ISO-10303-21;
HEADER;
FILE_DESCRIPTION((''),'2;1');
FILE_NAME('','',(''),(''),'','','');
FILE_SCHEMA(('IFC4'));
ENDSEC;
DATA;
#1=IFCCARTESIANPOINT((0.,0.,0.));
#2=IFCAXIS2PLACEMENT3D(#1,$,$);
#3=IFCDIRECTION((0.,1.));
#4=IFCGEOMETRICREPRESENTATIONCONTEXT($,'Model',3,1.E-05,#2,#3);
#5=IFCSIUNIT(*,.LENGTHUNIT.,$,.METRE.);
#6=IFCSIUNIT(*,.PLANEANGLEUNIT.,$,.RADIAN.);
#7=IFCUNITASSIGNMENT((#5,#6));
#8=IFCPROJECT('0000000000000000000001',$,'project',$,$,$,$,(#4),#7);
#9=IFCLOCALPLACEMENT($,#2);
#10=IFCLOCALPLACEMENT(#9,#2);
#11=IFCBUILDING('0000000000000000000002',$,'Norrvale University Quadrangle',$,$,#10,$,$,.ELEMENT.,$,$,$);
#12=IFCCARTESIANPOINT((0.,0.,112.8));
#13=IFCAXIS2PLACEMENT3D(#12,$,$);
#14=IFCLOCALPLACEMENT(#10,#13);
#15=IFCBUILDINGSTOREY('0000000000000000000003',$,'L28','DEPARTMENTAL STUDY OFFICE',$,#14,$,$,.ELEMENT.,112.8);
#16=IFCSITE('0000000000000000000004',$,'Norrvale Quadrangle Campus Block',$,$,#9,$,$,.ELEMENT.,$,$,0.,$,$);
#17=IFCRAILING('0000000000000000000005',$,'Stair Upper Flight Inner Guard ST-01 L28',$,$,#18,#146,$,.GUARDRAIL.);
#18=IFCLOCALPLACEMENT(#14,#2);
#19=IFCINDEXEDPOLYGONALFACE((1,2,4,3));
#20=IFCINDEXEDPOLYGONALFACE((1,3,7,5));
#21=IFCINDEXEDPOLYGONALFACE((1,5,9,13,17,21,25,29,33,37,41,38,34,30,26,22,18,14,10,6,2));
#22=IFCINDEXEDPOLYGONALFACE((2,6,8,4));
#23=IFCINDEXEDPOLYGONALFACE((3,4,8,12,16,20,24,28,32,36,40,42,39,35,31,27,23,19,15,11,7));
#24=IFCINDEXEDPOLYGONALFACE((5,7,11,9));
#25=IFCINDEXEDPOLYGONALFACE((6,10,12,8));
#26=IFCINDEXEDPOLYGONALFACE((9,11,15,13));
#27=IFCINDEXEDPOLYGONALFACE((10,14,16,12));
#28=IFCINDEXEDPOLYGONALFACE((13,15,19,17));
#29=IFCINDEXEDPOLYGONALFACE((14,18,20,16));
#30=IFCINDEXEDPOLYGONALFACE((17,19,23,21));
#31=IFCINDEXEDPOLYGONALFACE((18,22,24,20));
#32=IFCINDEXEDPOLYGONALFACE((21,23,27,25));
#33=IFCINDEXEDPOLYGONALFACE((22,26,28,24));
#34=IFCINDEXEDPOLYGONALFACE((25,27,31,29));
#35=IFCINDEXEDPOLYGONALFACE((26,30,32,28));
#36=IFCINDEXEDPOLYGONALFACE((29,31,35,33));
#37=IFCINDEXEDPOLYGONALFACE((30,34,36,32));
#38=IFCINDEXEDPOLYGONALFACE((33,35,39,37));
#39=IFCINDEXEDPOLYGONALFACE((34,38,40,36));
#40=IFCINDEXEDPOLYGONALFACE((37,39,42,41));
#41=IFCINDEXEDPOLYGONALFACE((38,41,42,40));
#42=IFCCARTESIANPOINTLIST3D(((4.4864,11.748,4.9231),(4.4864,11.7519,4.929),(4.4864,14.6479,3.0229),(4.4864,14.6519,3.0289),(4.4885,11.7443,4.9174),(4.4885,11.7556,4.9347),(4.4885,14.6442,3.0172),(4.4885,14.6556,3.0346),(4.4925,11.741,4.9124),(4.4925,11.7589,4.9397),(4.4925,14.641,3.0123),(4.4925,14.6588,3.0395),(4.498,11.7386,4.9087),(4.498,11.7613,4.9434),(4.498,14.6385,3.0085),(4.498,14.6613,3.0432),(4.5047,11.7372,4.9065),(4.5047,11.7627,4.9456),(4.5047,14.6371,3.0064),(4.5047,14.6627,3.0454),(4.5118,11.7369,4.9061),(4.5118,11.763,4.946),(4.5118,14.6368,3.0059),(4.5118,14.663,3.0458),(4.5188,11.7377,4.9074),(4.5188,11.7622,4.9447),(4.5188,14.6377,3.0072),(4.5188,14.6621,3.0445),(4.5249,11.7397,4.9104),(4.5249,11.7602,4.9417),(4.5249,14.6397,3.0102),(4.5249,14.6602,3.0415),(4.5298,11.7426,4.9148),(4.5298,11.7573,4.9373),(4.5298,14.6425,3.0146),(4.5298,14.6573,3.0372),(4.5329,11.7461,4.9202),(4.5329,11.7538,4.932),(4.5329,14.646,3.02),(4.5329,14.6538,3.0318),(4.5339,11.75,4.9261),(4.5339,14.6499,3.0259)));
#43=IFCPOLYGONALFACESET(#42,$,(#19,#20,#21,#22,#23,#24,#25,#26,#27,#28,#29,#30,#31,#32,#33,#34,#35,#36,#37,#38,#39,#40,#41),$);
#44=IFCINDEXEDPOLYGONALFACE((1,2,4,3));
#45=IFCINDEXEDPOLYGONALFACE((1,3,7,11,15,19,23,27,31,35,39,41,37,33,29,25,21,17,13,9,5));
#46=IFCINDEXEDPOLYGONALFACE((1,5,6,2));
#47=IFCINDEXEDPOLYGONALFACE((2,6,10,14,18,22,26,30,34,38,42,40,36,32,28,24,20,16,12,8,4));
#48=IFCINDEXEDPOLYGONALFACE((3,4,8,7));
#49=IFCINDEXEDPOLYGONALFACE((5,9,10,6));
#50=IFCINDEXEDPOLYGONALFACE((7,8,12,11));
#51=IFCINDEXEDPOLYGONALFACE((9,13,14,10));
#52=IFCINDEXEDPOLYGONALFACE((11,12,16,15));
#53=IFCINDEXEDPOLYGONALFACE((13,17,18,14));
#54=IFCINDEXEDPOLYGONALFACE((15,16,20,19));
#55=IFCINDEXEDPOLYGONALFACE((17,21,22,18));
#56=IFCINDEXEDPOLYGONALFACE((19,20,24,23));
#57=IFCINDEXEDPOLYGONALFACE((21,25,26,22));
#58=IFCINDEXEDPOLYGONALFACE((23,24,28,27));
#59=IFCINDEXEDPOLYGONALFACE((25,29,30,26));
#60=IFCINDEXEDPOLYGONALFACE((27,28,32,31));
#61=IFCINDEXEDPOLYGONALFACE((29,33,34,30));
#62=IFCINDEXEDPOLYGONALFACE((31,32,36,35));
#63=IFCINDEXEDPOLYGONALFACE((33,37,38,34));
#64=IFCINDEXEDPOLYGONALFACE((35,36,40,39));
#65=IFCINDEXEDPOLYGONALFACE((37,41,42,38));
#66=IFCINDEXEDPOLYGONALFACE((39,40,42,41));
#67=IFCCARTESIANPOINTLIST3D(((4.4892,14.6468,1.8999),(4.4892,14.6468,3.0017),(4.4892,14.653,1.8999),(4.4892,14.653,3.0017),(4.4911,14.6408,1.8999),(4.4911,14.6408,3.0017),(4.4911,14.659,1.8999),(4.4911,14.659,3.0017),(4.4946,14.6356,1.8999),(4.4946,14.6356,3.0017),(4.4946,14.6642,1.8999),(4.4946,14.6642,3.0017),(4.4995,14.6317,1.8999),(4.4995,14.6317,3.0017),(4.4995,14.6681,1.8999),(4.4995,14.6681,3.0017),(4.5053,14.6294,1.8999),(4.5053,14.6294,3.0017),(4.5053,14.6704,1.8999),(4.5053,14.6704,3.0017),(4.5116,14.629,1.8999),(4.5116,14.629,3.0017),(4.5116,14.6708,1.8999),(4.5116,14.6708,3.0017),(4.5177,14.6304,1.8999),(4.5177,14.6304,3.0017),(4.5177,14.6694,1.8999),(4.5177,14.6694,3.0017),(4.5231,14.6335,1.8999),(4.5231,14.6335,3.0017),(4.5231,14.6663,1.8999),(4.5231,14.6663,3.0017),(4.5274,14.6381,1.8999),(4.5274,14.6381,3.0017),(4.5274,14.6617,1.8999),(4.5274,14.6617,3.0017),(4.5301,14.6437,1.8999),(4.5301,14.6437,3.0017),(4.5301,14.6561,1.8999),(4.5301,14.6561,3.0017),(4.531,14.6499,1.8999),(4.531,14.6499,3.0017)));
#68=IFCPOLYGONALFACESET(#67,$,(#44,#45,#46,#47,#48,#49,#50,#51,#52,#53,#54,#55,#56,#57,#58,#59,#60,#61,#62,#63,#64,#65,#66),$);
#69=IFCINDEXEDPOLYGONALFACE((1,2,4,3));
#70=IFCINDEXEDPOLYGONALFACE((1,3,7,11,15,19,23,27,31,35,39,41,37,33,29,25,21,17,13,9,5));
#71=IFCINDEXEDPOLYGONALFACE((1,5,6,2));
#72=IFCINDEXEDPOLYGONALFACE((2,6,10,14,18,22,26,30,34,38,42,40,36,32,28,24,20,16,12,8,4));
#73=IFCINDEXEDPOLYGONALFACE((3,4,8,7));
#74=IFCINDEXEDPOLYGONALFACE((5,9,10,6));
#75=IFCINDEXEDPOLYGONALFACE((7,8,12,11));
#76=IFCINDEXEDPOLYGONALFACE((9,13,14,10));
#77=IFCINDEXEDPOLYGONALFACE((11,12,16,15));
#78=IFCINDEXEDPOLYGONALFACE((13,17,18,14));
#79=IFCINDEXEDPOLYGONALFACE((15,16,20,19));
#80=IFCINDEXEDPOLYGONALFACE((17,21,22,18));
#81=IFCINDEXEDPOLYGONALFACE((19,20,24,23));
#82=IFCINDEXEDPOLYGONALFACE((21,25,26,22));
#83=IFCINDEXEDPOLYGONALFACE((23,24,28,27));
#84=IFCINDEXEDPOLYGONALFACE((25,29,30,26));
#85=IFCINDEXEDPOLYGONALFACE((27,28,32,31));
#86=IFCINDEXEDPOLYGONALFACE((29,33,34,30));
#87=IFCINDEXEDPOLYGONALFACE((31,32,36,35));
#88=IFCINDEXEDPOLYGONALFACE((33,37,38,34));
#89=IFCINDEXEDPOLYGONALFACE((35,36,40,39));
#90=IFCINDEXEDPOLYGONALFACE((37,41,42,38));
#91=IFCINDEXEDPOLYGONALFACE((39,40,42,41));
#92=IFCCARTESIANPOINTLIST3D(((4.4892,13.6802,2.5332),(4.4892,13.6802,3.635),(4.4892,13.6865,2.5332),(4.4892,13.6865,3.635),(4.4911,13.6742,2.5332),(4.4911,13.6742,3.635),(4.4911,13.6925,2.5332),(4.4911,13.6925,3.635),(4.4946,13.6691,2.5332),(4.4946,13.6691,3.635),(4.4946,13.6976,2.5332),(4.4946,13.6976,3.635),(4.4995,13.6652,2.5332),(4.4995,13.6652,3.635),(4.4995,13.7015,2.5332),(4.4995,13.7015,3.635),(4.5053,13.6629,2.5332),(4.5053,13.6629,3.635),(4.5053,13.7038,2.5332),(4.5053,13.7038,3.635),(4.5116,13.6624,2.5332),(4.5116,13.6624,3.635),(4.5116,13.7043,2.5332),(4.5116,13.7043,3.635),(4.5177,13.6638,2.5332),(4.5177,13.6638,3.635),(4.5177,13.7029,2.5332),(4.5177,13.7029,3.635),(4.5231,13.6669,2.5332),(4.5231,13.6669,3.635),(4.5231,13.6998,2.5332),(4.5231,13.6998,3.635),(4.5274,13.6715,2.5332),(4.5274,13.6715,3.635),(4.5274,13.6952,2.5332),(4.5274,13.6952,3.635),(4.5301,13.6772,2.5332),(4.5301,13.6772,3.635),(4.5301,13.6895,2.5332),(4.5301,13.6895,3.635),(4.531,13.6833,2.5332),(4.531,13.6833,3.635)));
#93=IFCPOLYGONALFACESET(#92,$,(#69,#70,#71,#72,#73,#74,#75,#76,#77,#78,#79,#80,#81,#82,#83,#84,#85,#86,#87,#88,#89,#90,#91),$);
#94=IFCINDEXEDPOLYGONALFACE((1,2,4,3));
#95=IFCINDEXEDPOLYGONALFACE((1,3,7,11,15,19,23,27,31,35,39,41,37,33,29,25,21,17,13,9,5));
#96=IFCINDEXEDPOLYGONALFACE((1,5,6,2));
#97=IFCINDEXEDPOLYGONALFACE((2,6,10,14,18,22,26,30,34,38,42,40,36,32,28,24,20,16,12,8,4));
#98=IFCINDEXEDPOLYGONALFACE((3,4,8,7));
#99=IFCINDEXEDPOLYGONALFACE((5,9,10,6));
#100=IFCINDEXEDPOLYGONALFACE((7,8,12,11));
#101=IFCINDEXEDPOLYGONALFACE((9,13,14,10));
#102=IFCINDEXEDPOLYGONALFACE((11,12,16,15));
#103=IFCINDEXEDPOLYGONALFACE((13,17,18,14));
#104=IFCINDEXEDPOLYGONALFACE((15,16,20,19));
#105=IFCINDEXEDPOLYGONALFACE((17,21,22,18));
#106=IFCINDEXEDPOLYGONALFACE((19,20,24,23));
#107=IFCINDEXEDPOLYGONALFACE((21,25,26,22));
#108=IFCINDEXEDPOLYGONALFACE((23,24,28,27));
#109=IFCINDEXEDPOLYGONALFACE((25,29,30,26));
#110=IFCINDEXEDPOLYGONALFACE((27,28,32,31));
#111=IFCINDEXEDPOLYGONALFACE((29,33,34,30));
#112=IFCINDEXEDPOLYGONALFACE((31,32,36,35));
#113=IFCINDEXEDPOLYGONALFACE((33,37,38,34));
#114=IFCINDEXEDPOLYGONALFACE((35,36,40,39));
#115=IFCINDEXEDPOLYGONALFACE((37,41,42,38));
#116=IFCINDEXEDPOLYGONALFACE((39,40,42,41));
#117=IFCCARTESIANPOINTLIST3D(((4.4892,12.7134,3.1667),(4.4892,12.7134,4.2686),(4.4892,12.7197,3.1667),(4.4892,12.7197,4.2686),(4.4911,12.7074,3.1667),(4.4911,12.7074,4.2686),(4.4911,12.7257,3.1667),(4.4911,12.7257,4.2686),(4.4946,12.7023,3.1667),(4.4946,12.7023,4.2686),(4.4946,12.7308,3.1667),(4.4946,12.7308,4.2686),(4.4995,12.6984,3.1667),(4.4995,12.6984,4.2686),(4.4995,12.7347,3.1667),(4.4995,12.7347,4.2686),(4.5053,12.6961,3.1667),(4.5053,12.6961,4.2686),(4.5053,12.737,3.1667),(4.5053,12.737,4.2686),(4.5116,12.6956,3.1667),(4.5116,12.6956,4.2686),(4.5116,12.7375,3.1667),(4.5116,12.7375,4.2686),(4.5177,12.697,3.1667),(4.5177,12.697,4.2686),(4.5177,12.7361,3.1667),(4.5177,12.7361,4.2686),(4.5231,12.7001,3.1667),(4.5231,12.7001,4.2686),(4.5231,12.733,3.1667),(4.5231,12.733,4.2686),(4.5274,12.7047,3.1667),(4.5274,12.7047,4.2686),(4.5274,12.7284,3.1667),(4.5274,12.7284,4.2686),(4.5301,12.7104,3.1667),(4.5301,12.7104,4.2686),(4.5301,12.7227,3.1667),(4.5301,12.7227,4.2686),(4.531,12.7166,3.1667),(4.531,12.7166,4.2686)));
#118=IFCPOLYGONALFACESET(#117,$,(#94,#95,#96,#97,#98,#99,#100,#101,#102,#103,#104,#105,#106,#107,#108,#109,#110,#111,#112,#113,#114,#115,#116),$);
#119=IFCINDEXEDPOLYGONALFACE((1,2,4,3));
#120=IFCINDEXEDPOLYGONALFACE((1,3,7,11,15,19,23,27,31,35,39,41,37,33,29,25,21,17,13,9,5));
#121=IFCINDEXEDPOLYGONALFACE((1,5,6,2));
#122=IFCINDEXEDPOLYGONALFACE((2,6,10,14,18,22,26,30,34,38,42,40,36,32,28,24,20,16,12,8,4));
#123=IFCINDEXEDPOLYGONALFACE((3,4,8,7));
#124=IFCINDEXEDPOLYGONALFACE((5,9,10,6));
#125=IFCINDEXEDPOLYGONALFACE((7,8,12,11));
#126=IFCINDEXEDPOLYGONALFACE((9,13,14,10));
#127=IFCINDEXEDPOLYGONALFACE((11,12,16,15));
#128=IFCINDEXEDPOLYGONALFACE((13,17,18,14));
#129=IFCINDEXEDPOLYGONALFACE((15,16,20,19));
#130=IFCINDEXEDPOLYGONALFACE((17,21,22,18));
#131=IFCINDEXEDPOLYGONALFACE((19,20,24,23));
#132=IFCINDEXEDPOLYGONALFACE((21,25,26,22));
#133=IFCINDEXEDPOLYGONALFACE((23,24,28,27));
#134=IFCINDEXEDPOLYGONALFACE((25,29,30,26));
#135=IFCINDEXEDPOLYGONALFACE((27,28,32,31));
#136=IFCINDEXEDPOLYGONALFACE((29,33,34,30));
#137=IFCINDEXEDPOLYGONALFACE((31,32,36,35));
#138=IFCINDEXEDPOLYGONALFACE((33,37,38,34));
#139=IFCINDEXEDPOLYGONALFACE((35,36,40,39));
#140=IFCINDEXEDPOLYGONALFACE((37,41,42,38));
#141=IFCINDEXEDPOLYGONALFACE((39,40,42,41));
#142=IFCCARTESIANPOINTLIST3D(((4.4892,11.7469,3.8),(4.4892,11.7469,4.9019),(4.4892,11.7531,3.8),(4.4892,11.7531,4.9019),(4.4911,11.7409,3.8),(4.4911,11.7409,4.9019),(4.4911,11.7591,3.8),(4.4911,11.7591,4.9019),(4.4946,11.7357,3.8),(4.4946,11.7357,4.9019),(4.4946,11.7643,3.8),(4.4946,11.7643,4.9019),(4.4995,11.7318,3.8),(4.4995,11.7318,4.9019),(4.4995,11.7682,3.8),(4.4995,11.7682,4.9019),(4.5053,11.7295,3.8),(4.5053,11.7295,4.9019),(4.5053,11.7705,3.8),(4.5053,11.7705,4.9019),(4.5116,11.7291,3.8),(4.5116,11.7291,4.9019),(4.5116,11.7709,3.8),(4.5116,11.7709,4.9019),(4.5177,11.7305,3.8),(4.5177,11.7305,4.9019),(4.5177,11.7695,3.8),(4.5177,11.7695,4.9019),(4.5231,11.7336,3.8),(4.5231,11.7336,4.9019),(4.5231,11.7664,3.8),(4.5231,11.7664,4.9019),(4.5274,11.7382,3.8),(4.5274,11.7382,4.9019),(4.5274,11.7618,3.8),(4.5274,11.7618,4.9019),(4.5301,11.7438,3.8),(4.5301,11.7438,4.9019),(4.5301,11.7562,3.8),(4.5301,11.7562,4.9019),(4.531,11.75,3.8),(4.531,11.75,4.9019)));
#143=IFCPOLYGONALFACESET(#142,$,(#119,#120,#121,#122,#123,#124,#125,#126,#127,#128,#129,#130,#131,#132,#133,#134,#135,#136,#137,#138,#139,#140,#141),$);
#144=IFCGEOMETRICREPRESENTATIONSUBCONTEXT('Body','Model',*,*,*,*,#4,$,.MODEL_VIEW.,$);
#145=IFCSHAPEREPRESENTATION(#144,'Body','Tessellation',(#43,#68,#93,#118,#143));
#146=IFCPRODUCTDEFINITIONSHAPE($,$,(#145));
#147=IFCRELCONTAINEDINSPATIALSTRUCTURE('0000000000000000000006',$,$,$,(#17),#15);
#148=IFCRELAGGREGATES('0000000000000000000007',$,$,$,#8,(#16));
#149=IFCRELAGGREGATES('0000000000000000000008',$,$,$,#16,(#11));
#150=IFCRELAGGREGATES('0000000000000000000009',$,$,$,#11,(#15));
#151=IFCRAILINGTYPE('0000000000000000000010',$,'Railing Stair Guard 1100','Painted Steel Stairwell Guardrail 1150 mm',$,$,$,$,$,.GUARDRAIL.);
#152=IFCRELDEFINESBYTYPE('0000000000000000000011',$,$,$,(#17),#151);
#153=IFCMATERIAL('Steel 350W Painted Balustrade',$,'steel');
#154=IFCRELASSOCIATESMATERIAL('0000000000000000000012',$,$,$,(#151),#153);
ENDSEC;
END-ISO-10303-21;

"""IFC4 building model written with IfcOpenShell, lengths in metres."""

from ifc_helpers import new_model, si_unit, direction, frame, origin, origin_2d, place, context, subcontext, project, spatial, circle, extrude, material, type_object, element, save


model = new_model("IFC4")

# Units and contexts
model_context = context("Model", 3, precision=1e-05, world=origin(), true_north=direction((0.0, 1.0)))
body_context = subcontext(model_context, "Body", "Model", "MODEL_VIEW")
ifc_project = project(units=[si_unit("LENGTHUNIT", "METRE"), si_unit("PLANEANGLEUNIT", "RADIAN")], contexts=[model_context])

# Site, building, storey
site_placement = place(None, origin())
site = spatial("IfcSite", under=ifc_project, at=site_placement, Name="Norrvale Quadrangle Campus Block", CompositionType="ELEMENT", RefElevation=0.0)
building_placement = place(site_placement, origin())
building = spatial("IfcBuilding", under=site, at=building_placement, Name="Norrvale University Quadrangle", CompositionType="ELEMENT")
storey_placement = place(building_placement, frame((0.0, 0.0, 112.8)))
storey = spatial("IfcBuildingStorey", under=building, at=storey_placement, Name="L28", Description="DEPARTMENTAL STUDY OFFICE", CompositionType="ELEMENT", Elevation=112.8)

# Railing
ifc_material_1 = material(Name="Steel 350W Painted Balustrade", Category="steel")
railing_type_1 = type_object("IfcRailingType", Name="Railing Stair Guard 1100", Description="Painted Steel Stairwell Guardrail 1150 mm", PredefinedType="GUARDRAIL", material=ifc_material_1)
railing_1_placement = place(storey_placement, frame((4.51, 14.6499, 1.8999)))
element("IfcRailing", 1, at=railing_1_placement, inside=storey, type_object=railing_type_1, Name="Stair Upper Flight Inner Guard ST-01 L28", PredefinedType="GUARDRAIL", context=body_context, shape_type="SweptSolid", body=[
    extrude(circle(Radius=0.0239, at=origin_2d()), frame((0.0, 0.0, 1.126), z_axis=(0.0, -0.836433, 0.548069), x_axis=(1.0, 0.0, 0.0)), (0.0, 0.0, 1.0), 3.467),
    extrude(circle(Radius=0.021, at=origin_2d()), origin(), (0.0, 0.0, 1.0), 1.1018),
    extrude(circle(Radius=0.021, at=origin_2d()), frame((0.0, -0.9666, 0.6333)), (0.0, 0.0, 1.0), 1.1018),
    extrude(circle(Radius=0.021, at=origin_2d()), frame((0.0, -1.9333, 1.2668)), (0.0, 0.0, 1.0), 1.1018),
    extrude(circle(Radius=0.021, at=origin_2d()), frame((0.0, -2.8999, 1.9001)), (0.0, 0.0, 1.0), 1.1018),
])

save(model, "model.ifc")
